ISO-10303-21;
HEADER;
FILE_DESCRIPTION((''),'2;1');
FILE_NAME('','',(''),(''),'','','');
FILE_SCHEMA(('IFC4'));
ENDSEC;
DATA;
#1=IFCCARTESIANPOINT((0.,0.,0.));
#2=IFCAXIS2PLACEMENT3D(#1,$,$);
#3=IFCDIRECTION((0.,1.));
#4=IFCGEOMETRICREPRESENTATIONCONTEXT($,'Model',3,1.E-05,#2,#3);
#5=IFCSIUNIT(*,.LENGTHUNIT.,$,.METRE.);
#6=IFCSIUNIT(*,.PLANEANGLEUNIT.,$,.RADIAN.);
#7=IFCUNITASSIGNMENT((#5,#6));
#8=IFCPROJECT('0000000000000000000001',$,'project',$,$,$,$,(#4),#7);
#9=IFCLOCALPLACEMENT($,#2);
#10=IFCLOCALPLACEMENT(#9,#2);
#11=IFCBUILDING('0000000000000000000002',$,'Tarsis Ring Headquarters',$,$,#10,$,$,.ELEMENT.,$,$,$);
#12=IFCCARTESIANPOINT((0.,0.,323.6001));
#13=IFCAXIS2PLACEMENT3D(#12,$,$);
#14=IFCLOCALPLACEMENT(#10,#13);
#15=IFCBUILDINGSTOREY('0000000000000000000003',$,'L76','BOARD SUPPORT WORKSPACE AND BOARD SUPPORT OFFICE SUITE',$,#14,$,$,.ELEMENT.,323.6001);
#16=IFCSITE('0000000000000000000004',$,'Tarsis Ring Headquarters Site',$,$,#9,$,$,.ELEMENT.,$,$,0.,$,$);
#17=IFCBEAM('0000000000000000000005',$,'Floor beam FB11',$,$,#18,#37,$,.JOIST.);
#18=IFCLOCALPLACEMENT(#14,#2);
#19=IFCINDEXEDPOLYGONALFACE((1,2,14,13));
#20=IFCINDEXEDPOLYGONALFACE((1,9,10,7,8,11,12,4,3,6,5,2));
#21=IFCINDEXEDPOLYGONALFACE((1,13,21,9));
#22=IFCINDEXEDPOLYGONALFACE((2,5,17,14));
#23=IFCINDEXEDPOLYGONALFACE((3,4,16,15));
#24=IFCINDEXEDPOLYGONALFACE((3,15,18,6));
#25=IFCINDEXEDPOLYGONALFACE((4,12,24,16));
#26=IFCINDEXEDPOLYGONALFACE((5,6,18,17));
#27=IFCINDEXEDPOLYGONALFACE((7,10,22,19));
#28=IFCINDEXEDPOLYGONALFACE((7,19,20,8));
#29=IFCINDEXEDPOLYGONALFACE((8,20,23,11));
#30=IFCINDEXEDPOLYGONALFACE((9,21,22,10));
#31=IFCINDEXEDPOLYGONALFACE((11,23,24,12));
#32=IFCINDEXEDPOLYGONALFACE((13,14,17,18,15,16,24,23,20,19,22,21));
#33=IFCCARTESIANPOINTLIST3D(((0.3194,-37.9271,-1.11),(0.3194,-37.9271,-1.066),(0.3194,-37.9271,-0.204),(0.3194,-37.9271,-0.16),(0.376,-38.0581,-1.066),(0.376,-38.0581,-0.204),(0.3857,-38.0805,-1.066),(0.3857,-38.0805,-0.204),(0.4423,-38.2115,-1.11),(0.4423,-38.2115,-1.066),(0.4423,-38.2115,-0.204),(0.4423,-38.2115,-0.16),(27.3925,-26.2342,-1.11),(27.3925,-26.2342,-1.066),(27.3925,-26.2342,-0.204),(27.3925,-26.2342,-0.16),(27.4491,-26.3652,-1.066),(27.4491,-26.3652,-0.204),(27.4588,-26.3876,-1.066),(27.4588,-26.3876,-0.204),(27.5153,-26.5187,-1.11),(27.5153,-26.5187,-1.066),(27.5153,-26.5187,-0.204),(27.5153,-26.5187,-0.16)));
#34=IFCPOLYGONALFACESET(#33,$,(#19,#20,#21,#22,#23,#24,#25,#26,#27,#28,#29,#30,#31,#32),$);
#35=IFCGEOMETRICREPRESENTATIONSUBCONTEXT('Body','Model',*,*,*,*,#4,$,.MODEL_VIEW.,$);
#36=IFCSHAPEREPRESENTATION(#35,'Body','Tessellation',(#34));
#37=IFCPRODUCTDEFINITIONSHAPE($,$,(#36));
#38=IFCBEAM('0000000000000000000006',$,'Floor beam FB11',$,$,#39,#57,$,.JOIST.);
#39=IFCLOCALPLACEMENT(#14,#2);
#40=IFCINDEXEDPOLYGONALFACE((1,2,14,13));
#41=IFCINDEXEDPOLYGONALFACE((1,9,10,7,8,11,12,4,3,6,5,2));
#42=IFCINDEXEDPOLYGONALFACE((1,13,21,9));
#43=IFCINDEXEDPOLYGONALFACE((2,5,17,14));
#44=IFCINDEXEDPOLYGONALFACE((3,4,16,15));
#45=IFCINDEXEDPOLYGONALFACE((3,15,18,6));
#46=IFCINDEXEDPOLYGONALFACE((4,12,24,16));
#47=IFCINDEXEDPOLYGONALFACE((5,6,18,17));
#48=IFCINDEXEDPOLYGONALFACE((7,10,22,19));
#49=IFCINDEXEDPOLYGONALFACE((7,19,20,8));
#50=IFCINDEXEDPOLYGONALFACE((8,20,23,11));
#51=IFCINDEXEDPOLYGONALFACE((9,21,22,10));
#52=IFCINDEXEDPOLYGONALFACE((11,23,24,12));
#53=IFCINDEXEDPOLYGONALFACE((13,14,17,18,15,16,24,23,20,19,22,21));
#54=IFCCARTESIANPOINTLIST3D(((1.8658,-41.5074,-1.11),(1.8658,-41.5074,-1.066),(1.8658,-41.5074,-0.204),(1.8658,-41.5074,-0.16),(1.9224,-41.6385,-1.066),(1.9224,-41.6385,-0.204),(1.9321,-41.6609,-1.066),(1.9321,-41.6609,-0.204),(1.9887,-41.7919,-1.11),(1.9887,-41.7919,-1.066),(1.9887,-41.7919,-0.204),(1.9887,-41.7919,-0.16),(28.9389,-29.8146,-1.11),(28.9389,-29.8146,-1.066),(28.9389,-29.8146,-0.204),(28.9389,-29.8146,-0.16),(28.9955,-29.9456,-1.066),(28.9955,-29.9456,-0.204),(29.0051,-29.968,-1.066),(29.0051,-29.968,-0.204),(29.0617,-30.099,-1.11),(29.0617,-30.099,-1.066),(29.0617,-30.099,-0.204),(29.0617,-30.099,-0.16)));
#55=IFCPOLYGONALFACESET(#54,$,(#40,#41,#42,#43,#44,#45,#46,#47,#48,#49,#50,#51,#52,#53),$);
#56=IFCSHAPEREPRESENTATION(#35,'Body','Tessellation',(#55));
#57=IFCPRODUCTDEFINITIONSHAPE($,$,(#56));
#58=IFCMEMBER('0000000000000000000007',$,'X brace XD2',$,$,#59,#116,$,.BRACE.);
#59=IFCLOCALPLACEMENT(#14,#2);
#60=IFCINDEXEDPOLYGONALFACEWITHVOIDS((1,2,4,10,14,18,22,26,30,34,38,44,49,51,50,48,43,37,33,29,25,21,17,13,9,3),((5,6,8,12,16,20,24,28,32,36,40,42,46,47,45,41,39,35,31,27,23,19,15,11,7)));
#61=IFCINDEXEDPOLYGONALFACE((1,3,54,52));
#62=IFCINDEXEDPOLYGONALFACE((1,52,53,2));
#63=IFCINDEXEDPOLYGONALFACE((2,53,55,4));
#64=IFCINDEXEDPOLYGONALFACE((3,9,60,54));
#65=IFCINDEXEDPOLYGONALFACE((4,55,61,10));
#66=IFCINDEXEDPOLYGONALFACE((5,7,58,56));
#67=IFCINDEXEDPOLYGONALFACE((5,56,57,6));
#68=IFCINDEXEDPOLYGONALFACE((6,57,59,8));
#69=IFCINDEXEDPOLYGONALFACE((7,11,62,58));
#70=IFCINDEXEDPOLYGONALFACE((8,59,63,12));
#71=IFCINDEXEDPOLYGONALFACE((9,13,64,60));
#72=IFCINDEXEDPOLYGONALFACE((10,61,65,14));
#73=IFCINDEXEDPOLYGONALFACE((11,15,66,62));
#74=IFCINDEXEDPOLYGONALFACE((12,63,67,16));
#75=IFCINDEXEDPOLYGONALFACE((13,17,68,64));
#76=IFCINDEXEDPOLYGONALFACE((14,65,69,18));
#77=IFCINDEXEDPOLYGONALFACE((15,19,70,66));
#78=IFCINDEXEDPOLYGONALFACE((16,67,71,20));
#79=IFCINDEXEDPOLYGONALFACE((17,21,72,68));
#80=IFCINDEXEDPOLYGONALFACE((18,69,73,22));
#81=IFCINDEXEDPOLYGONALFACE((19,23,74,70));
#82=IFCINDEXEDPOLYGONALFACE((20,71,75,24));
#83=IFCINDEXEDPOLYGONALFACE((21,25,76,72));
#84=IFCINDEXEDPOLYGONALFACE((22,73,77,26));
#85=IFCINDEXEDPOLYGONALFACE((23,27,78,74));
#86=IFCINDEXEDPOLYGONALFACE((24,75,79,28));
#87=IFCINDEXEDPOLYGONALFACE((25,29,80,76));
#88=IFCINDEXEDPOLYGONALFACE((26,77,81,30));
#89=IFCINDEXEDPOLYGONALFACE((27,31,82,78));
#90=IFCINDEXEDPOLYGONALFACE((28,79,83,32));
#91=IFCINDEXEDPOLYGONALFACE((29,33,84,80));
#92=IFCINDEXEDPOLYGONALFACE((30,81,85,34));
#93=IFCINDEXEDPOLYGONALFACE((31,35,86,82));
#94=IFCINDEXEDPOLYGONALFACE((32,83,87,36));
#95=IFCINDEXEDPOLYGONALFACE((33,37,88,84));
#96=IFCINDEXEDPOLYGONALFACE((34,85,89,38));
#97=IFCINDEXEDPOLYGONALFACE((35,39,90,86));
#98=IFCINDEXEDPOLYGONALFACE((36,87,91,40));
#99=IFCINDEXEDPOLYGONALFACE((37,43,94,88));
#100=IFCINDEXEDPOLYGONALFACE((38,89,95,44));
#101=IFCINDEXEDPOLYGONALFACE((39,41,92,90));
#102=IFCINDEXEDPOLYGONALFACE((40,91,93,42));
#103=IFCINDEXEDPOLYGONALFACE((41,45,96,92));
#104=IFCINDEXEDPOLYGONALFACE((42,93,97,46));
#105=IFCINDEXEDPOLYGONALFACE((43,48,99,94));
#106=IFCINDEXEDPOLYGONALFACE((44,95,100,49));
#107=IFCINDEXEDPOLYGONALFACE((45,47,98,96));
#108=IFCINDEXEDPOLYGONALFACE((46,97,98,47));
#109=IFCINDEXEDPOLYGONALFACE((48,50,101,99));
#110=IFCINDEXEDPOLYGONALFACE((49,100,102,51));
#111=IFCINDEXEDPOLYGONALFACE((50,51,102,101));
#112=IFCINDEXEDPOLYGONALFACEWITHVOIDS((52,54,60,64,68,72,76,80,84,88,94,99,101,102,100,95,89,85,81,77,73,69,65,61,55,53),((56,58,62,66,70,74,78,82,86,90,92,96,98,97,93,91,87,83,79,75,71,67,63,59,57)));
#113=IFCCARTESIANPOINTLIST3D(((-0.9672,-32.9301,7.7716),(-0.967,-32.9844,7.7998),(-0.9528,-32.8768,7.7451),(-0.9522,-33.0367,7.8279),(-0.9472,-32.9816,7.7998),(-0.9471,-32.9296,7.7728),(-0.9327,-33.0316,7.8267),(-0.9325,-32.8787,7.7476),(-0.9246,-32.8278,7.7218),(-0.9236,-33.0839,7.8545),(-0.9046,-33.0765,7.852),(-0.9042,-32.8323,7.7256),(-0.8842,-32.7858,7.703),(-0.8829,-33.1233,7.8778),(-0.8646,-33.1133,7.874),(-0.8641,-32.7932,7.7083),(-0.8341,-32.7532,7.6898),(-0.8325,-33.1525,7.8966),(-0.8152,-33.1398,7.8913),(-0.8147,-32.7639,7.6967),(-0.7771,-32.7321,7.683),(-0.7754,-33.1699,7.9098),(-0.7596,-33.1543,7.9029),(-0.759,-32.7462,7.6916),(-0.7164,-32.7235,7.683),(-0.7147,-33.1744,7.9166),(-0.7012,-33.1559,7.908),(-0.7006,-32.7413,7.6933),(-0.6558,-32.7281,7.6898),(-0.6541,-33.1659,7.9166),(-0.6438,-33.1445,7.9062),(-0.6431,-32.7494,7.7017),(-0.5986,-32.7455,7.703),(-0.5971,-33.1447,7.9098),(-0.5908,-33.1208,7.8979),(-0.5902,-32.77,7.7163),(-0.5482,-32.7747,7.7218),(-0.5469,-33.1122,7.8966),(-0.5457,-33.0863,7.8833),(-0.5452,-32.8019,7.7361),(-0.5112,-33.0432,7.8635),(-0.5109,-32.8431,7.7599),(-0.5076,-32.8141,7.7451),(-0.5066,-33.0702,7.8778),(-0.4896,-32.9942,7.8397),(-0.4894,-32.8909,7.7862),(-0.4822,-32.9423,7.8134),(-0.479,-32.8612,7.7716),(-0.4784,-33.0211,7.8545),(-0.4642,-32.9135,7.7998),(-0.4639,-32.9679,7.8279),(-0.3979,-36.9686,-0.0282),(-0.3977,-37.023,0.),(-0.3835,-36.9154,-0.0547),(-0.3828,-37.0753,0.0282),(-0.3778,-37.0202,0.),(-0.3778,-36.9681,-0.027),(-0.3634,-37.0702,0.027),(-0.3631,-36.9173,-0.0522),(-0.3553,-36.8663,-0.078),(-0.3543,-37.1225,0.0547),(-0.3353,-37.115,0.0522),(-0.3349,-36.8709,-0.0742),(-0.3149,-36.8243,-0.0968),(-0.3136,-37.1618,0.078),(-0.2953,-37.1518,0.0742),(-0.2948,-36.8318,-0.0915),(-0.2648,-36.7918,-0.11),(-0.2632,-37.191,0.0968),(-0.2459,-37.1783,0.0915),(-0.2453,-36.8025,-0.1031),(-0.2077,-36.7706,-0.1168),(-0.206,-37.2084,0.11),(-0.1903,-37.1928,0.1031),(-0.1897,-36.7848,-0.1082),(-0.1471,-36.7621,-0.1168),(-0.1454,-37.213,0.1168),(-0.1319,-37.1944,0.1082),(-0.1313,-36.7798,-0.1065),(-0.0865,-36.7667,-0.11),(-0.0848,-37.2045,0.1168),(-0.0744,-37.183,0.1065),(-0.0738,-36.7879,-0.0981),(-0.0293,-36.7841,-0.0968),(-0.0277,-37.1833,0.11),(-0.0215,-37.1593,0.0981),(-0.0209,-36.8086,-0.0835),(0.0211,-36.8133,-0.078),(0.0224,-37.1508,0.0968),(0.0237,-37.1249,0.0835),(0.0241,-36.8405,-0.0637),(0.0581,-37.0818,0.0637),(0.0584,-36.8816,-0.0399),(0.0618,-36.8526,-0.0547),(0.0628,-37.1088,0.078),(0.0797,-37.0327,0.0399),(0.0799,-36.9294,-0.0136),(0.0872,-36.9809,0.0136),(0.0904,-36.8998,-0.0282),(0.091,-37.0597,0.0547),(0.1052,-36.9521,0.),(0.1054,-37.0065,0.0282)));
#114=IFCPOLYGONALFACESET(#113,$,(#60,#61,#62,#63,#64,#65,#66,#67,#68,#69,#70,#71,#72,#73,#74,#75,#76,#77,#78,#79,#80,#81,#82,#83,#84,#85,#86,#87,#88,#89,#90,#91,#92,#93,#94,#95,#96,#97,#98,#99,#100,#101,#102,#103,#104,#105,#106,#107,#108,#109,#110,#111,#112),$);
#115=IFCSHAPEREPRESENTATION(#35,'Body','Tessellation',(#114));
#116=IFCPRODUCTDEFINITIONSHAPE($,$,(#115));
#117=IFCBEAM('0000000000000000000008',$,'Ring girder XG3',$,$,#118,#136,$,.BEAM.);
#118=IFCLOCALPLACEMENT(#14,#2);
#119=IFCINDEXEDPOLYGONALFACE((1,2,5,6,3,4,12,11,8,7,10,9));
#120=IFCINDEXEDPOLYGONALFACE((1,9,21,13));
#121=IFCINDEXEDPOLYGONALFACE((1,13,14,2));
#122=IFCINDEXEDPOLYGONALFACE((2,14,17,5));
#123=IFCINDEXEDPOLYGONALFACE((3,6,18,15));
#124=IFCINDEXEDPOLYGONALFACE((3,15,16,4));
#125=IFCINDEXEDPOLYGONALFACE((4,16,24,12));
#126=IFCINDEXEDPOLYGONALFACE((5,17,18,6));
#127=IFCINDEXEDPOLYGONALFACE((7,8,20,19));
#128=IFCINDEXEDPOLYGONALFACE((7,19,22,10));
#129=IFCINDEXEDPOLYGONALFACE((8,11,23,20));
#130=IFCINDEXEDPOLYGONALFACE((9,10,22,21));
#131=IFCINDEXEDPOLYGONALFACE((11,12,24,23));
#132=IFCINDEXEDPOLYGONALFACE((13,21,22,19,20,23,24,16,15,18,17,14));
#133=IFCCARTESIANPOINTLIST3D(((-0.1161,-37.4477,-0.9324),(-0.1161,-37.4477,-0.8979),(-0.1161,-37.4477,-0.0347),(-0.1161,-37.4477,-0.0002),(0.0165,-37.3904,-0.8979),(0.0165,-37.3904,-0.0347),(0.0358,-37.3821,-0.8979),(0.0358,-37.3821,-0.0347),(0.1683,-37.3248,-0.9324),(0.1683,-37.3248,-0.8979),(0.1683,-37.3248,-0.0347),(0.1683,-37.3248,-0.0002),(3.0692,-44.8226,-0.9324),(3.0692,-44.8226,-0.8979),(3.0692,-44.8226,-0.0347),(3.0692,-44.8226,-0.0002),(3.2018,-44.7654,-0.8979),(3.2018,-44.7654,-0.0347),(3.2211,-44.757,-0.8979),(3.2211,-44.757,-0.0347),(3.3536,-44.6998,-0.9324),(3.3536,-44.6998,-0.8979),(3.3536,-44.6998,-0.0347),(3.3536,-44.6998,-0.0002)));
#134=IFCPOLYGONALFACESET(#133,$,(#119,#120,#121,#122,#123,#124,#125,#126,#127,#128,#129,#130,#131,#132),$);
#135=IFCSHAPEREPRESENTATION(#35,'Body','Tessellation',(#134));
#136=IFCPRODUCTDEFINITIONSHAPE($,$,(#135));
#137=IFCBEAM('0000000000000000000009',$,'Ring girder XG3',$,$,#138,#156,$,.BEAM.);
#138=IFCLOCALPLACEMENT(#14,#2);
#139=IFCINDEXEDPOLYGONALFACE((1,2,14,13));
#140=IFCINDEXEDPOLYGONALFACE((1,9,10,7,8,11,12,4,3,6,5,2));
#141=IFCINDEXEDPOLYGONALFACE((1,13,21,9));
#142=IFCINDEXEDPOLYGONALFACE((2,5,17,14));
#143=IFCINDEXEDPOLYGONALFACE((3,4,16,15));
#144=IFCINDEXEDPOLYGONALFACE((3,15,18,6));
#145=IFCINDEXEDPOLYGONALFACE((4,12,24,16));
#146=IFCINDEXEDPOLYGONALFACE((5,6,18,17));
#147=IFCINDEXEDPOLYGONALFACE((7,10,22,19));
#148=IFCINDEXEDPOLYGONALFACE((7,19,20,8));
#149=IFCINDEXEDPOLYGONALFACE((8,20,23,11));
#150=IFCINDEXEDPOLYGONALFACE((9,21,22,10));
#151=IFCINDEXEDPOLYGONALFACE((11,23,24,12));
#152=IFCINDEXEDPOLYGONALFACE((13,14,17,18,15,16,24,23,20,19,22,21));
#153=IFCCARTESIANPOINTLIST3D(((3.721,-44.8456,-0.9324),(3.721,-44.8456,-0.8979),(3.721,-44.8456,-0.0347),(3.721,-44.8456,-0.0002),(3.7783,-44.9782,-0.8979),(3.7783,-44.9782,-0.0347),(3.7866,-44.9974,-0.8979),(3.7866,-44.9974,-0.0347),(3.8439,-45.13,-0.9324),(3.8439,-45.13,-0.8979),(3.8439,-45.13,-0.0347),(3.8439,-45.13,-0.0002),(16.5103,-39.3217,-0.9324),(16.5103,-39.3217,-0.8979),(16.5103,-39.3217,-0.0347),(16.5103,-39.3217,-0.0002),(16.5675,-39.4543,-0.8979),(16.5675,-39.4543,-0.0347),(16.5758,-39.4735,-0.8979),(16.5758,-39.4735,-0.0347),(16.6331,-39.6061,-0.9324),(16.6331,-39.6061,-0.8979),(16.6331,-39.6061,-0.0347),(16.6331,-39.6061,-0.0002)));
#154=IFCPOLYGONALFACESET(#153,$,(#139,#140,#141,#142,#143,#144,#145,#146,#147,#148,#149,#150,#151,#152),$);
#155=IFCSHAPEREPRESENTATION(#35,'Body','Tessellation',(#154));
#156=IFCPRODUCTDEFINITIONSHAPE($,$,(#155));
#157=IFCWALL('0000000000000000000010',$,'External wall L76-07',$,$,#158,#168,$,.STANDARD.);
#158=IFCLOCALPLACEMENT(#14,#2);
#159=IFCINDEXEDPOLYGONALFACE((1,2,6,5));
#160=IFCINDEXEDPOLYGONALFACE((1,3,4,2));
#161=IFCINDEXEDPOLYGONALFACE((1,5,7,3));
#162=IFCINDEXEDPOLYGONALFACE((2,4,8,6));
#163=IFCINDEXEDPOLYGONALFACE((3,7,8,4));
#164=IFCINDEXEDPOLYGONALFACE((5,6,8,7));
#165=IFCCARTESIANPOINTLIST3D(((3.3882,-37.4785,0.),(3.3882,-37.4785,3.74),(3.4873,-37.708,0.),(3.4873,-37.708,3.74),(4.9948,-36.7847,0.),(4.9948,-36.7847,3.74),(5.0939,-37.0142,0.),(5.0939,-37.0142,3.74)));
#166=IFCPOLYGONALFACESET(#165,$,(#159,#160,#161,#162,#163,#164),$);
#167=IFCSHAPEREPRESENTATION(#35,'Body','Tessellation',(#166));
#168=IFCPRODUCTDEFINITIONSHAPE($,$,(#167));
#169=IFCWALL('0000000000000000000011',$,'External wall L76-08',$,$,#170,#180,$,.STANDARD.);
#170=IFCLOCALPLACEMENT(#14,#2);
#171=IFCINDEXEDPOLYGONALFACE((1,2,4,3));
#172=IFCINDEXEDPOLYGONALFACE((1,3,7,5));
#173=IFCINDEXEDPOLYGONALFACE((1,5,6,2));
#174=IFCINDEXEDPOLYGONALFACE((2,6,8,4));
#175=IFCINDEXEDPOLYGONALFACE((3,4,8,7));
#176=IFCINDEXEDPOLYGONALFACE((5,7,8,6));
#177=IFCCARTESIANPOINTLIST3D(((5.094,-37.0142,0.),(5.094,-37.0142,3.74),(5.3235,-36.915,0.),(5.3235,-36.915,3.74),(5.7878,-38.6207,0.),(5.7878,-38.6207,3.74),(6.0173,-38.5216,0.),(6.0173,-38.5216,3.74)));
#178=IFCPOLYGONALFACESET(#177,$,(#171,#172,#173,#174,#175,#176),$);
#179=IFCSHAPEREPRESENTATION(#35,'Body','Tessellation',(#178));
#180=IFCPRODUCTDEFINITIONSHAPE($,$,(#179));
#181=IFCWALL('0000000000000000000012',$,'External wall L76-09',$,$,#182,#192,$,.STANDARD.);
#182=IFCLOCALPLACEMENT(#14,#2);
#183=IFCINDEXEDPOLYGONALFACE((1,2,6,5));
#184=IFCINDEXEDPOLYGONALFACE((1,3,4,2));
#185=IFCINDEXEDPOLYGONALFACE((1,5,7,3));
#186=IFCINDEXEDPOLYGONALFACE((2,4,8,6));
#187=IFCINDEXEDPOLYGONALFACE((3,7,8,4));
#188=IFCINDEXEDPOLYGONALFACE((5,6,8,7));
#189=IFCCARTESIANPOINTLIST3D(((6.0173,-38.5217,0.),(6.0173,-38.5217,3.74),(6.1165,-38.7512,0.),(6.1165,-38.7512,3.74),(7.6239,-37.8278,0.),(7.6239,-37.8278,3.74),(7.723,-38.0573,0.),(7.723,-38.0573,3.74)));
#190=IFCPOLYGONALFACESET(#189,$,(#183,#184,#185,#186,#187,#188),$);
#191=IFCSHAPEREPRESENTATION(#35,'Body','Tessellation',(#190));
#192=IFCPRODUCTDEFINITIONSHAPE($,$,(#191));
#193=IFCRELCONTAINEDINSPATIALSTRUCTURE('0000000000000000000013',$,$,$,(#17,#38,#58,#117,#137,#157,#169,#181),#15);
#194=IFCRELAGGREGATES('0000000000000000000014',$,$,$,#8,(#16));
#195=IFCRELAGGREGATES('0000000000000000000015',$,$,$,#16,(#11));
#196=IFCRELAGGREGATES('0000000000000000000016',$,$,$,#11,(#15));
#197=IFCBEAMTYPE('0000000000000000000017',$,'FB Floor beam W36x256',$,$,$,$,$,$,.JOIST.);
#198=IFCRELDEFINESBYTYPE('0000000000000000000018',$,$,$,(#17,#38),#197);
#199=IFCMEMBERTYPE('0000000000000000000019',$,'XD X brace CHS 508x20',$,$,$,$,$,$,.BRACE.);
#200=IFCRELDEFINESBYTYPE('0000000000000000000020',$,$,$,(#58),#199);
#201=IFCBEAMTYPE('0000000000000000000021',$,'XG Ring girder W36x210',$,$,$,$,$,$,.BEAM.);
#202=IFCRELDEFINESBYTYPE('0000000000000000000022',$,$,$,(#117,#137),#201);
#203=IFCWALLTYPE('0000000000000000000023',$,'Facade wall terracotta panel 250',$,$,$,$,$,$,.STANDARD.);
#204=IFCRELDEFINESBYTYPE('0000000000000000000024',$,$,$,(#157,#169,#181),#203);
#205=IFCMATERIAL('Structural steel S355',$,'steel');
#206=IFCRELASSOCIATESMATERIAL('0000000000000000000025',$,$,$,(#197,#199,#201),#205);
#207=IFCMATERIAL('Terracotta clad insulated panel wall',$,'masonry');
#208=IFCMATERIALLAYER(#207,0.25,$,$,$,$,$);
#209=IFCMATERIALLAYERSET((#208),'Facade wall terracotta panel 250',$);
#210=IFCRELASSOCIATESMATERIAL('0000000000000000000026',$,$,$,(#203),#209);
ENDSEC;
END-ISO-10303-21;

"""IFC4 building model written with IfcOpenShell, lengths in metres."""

from ifc_helpers import new_model, si_unit, direction, frame, frame_2d, origin, origin_2d, place, context, subcontext, project, spatial, rectangle, hollow_circle, i_section, extrude, material, layer, layer_set, material_profile, profile_set, type_object, element, save


model = new_model("IFC4")

# Units and contexts
model_context = context("Model", 3, precision=1e-05, world=origin(), true_north=direction((0.0, 1.0)))
body_context = subcontext(model_context, "Body", "Model", "MODEL_VIEW")
ifc_project = project(units=[si_unit("LENGTHUNIT", "METRE"), si_unit("PLANEANGLEUNIT", "RADIAN")], contexts=[model_context])

# Site, building, storey
site_placement = place(None, origin())
site = spatial("IfcSite", under=ifc_project, at=site_placement, Name="Tarsis Ring Headquarters Site", CompositionType="ELEMENT", RefElevation=0.0)
building_placement = place(site_placement, origin())
building = spatial("IfcBuilding", under=site, at=building_placement, Name="Tarsis Ring Headquarters", CompositionType="ELEMENT")
storey_placement = place(building_placement, frame((0.0, 0.0, 323.6001)))
storey = spatial("IfcBuildingStorey", under=building, at=storey_placement, Name="L76", Description="BOARD SUPPORT WORKSPACE AND BOARD SUPPORT OFFICE SUITE", CompositionType="ELEMENT", Elevation=323.6001)

# Shared definitions
ifc_material_1 = material(Name="Structural steel S355", Category="steel")

# Beams
ifc_material_profile_1 = material_profile(ifc_material_1, i_section(OverallWidth=0.3098, OverallDepth=0.95, WebThickness=0.0244, FlangeThickness=0.0439, at=origin_2d()), Name="W36x256")
ifc_profile_set_1 = profile_set([ifc_material_profile_1], Name="Structural steel S355")
beam_type_1 = type_object("IfcBeamType", Name="FB Floor beam W36x256", PredefinedType="JOIST", material=ifc_profile_set_1)
for number, where, z_axis, x_axis, name in (
    (1, (0.3809, -38.0693, -0.635), (0.918034, 0.396501, 0.0), (-0.396501, 0.918034, 0.0), "Floor beam FB11"),
    (2, (1.9272, -41.6497, -0.635), (0.918034, 0.396501, 0.0), (-0.396501, 0.918034, 0.0), "Floor beam FB11"),
):
    element("IfcBeam", number, at=place(storey_placement, frame(where, z_axis=z_axis, x_axis=x_axis)), inside=storey, type_object=beam_type_1, Name=name, PredefinedType="JOIST", context=body_context, shape_type="SweptSolid", body=[
        extrude(i_section(OverallWidth=0.3098, OverallDepth=0.95, WebThickness=0.0244, FlangeThickness=0.0439, at=origin_2d()), origin(), (0.0, 0.0, 1.0), 29.4902),
    ])

# Member
ifc_material_profile_2 = material_profile(ifc_material_1, hollow_circle(Radius=0.2539, WallThickness=0.02, at=origin_2d()), Name="CHS 508x20")
ifc_profile_set_2 = profile_set([ifc_material_profile_2], Name="Structural steel S355")
member_type = type_object("IfcMemberType", Name="XD X brace CHS 508x20", PredefinedType="BRACE", material=ifc_profile_set_2)
member_placement = place(storey_placement, frame((-0.1462, -36.9875, 0.0), z_axis=(-0.064684, 0.458837, 0.886163), x_axis=(-0.990209, -0.139594, 0.0)))
element("IfcMember", 3, at=member_placement, inside=storey, type_object=member_type, Name="X brace XD2", PredefinedType="BRACE", context=body_context, shape_type="SweptSolid", body=[
    extrude(hollow_circle(Radius=0.2539, WallThickness=0.02, at=origin_2d()), origin(), (0.0, 0.0, 1.0), 8.8018),
])

# Beams
ifc_material_profile_3 = material_profile(ifc_material_1, i_section(OverallWidth=0.3098, OverallDepth=0.9321, WebThickness=0.021, FlangeThickness=0.0344, at=origin_2d()), Name="W36x210")
ifc_profile_set_3 = profile_set([ifc_material_profile_3], Name="Structural steel S355")
beam_type_2 = type_object("IfcBeamType", Name="XG Ring girder W36x210", PredefinedType="BEAM", material=ifc_profile_set_3)
beam_1_placement = place(storey_placement, frame((0.0261, -37.3862, -0.4663), z_axis=(0.396504, -0.918033, 0.0), x_axis=(0.918033, 0.396504, 0.0)))
element("IfcBeam", 4, at=beam_1_placement, inside=storey, type_object=beam_type_2, Name="Ring girder XG3", PredefinedType="BEAM", context=body_context, shape_type="SweptSolid", body=[
    extrude(i_section(OverallWidth=0.3098, OverallDepth=0.9321, WebThickness=0.021, FlangeThickness=0.0344, at=origin_2d()), origin(), (0.0, 0.0, 1.0), 8.0334),
])
beam_2_placement = place(storey_placement, frame((3.7825, -44.9878, -0.4663), z_axis=(0.918029, 0.396513, 0.0), x_axis=(-0.396513, 0.918029, 0.0)))
element("IfcBeam", 5, at=beam_2_placement, inside=storey, type_object=beam_type_2, Name="Ring girder XG3", PredefinedType="BEAM", context=body_context, shape_type="SweptSolid", body=[
    extrude(i_section(OverallWidth=0.3098, OverallDepth=0.9321, WebThickness=0.021, FlangeThickness=0.0344, at=origin_2d()), origin(), (0.0, 0.0, 1.0), 13.9312),
])

# Walls
ifc_material_2 = material(Name="Terracotta clad insulated panel wall", Category="masonry")
ifc_layer = layer(ifc_material_2, 0.25)
ifc_layer_set = layer_set([ifc_layer], Name="Facade wall terracotta panel 250")
wall_type = type_object("IfcWallType", Name="Facade wall terracotta panel 250", PredefinedType="STANDARD", material=ifc_layer_set)
for number, where, z_axis, x_axis, name in (
    (6, (3.4377, -37.5933, 0.0), (0.0, 0.0, 1.0), (0.918052, 0.39646, 0.0), "External wall L76-07"),
    (7, (5.2087, -36.9646, 0.0), (0.0, 0.0, 1.0), (0.39646, -0.918052, 0.0), "External wall L76-08"),
    (8, (6.0669, -38.6365, 0.0), (0.0, 0.0, 1.0), (0.91803, 0.396511, 0.0), "External wall L76-09"),
):
    element("IfcWall", number, at=place(storey_placement, frame(where, z_axis=z_axis, x_axis=x_axis)), inside=storey, type_object=wall_type, Name=name, PredefinedType="STANDARD", context=body_context, shape_type="SweptSolid", body=[
        extrude(rectangle(XDim=1.75, YDim=0.25, at=frame_2d((0.875, 0.0))), origin(), (0.0, 0.0, 1.0), 3.74),
    ])

save(model, "model.ifc")
